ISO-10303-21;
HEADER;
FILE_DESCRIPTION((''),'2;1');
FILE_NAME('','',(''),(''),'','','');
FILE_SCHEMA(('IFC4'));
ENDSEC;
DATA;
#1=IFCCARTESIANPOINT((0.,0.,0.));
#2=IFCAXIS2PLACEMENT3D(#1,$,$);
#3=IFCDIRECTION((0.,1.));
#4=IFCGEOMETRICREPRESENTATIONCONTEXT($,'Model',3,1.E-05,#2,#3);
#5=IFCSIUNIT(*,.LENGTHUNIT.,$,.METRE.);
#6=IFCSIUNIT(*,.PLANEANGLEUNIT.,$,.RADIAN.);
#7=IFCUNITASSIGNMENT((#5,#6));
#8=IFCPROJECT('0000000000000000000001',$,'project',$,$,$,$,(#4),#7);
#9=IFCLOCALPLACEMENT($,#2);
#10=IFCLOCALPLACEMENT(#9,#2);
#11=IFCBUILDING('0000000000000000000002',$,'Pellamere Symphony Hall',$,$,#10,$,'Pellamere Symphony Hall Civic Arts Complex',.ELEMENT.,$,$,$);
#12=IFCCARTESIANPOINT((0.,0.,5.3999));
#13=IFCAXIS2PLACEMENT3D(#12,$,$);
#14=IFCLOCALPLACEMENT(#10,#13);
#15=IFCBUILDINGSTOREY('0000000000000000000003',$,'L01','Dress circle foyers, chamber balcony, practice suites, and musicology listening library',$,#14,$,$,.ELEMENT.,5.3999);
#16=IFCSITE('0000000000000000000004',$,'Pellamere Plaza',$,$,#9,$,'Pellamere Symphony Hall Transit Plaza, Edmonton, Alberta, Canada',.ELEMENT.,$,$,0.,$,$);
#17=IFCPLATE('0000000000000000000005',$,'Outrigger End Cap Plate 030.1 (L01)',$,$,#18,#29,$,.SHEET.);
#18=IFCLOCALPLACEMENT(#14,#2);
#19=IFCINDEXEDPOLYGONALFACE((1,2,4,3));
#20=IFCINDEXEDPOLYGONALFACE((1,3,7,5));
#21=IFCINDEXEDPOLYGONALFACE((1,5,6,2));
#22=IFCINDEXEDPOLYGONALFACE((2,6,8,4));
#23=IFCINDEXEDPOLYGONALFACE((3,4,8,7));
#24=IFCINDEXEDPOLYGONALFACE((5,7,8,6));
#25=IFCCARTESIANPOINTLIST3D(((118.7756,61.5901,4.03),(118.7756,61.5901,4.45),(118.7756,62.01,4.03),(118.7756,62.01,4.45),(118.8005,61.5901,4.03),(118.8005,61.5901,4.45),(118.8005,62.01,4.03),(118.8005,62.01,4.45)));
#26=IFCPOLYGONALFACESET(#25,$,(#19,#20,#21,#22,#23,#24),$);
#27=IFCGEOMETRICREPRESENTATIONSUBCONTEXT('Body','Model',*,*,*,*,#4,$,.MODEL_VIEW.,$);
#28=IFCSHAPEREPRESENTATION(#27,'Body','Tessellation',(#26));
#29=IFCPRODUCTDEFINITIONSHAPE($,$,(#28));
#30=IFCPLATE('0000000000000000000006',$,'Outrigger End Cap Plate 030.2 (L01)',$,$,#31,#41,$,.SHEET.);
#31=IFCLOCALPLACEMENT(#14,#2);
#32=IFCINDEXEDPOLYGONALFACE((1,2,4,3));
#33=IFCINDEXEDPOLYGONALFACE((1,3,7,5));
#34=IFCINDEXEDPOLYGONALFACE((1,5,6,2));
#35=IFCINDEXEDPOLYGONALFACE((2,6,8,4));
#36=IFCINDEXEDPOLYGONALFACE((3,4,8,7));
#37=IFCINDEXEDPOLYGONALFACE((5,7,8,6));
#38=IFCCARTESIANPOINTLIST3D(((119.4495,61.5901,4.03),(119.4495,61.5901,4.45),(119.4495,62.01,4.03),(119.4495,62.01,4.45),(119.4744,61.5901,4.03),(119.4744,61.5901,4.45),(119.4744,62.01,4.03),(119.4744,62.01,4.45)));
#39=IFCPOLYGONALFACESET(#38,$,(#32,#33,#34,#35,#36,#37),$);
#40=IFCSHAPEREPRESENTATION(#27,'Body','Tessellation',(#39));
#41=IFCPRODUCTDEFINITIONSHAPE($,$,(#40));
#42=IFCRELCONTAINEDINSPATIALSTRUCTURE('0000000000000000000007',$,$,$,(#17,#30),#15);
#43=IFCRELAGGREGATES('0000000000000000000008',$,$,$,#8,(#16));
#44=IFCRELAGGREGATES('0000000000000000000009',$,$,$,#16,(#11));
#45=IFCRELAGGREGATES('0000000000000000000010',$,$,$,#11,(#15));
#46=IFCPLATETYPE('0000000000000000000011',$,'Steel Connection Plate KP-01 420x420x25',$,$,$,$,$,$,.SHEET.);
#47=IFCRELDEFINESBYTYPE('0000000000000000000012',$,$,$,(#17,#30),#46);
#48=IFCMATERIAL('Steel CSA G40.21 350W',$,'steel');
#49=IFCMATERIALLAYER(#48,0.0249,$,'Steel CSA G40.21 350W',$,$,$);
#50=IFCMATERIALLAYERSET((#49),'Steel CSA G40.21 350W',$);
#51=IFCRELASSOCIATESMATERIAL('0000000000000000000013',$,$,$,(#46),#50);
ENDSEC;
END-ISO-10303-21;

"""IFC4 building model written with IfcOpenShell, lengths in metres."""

from ifc_helpers import new_model, si_unit, direction, frame, origin, origin_2d, place, context, subcontext, project, spatial, rectangle, extrude, material, layer, layer_set, type_object, element, save


model = new_model("IFC4")

# Units and contexts
model_context = context("Model", 3, precision=1e-05, world=origin(), true_north=direction((0.0, 1.0)))
body_context = subcontext(model_context, "Body", "Model", "MODEL_VIEW")
ifc_project = project(units=[si_unit("LENGTHUNIT", "METRE"), si_unit("PLANEANGLEUNIT", "RADIAN")], contexts=[model_context])

# Site, building, storey
site_placement = place(None, origin())
site = spatial("IfcSite", under=ifc_project, at=site_placement, Name="Pellamere Plaza", LongName="Pellamere Symphony Hall Transit Plaza, Edmonton, Alberta, Canada", CompositionType="ELEMENT", RefElevation=0.0)
building_placement = place(site_placement, origin())
building = spatial("IfcBuilding", under=site, at=building_placement, Name="Pellamere Symphony Hall", LongName="Pellamere Symphony Hall Civic Arts Complex", CompositionType="ELEMENT")
storey_placement = place(building_placement, frame((0.0, 0.0, 5.3999)))
storey = spatial("IfcBuildingStorey", under=building, at=storey_placement, Name="L01", Description="Dress circle foyers, chamber balcony, practice suites, and musicology listening library", CompositionType="ELEMENT", Elevation=5.3999)

# Shared definitions
ifc_material_1 = material(Name="Steel CSA G40.21 350W", Category="steel")

# Plates
ifc_layer_1 = layer(ifc_material_1, 0.0249, Name="Steel CSA G40.21 350W")
ifc_layer_set_1 = layer_set([ifc_layer_1], Name="Steel CSA G40.21 350W")
plate_type_1 = type_object("IfcPlateType", Name="Steel Connection Plate KP-01 420x420x25", PredefinedType="SHEET", material=ifc_layer_set_1)
for number, where, z_axis, x_axis, name in (
    (1, (118.7881, 61.8, 4.03), (0.0, 0.0, 1.0), (1.0, 0.0, 0.0), "Outrigger End Cap Plate 030.1 (L01)"),
    (2, (119.4619, 61.8, 4.03), (0.0, 0.0, 1.0), (1.0, 0.0, 0.0), "Outrigger End Cap Plate 030.2 (L01)"),
):
    element("IfcPlate", number, at=place(storey_placement, frame(where, z_axis=z_axis, x_axis=x_axis)), inside=storey, type_object=plate_type_1, Name=name, PredefinedType="SHEET", context=body_context, shape_type="SweptSolid", body=[
        extrude(rectangle(XDim=0.0249, YDim=0.4199, at=origin_2d()), origin(), (0.0, 0.0, 1.0), 0.4199),
    ])

save(model, "model.ifc")
